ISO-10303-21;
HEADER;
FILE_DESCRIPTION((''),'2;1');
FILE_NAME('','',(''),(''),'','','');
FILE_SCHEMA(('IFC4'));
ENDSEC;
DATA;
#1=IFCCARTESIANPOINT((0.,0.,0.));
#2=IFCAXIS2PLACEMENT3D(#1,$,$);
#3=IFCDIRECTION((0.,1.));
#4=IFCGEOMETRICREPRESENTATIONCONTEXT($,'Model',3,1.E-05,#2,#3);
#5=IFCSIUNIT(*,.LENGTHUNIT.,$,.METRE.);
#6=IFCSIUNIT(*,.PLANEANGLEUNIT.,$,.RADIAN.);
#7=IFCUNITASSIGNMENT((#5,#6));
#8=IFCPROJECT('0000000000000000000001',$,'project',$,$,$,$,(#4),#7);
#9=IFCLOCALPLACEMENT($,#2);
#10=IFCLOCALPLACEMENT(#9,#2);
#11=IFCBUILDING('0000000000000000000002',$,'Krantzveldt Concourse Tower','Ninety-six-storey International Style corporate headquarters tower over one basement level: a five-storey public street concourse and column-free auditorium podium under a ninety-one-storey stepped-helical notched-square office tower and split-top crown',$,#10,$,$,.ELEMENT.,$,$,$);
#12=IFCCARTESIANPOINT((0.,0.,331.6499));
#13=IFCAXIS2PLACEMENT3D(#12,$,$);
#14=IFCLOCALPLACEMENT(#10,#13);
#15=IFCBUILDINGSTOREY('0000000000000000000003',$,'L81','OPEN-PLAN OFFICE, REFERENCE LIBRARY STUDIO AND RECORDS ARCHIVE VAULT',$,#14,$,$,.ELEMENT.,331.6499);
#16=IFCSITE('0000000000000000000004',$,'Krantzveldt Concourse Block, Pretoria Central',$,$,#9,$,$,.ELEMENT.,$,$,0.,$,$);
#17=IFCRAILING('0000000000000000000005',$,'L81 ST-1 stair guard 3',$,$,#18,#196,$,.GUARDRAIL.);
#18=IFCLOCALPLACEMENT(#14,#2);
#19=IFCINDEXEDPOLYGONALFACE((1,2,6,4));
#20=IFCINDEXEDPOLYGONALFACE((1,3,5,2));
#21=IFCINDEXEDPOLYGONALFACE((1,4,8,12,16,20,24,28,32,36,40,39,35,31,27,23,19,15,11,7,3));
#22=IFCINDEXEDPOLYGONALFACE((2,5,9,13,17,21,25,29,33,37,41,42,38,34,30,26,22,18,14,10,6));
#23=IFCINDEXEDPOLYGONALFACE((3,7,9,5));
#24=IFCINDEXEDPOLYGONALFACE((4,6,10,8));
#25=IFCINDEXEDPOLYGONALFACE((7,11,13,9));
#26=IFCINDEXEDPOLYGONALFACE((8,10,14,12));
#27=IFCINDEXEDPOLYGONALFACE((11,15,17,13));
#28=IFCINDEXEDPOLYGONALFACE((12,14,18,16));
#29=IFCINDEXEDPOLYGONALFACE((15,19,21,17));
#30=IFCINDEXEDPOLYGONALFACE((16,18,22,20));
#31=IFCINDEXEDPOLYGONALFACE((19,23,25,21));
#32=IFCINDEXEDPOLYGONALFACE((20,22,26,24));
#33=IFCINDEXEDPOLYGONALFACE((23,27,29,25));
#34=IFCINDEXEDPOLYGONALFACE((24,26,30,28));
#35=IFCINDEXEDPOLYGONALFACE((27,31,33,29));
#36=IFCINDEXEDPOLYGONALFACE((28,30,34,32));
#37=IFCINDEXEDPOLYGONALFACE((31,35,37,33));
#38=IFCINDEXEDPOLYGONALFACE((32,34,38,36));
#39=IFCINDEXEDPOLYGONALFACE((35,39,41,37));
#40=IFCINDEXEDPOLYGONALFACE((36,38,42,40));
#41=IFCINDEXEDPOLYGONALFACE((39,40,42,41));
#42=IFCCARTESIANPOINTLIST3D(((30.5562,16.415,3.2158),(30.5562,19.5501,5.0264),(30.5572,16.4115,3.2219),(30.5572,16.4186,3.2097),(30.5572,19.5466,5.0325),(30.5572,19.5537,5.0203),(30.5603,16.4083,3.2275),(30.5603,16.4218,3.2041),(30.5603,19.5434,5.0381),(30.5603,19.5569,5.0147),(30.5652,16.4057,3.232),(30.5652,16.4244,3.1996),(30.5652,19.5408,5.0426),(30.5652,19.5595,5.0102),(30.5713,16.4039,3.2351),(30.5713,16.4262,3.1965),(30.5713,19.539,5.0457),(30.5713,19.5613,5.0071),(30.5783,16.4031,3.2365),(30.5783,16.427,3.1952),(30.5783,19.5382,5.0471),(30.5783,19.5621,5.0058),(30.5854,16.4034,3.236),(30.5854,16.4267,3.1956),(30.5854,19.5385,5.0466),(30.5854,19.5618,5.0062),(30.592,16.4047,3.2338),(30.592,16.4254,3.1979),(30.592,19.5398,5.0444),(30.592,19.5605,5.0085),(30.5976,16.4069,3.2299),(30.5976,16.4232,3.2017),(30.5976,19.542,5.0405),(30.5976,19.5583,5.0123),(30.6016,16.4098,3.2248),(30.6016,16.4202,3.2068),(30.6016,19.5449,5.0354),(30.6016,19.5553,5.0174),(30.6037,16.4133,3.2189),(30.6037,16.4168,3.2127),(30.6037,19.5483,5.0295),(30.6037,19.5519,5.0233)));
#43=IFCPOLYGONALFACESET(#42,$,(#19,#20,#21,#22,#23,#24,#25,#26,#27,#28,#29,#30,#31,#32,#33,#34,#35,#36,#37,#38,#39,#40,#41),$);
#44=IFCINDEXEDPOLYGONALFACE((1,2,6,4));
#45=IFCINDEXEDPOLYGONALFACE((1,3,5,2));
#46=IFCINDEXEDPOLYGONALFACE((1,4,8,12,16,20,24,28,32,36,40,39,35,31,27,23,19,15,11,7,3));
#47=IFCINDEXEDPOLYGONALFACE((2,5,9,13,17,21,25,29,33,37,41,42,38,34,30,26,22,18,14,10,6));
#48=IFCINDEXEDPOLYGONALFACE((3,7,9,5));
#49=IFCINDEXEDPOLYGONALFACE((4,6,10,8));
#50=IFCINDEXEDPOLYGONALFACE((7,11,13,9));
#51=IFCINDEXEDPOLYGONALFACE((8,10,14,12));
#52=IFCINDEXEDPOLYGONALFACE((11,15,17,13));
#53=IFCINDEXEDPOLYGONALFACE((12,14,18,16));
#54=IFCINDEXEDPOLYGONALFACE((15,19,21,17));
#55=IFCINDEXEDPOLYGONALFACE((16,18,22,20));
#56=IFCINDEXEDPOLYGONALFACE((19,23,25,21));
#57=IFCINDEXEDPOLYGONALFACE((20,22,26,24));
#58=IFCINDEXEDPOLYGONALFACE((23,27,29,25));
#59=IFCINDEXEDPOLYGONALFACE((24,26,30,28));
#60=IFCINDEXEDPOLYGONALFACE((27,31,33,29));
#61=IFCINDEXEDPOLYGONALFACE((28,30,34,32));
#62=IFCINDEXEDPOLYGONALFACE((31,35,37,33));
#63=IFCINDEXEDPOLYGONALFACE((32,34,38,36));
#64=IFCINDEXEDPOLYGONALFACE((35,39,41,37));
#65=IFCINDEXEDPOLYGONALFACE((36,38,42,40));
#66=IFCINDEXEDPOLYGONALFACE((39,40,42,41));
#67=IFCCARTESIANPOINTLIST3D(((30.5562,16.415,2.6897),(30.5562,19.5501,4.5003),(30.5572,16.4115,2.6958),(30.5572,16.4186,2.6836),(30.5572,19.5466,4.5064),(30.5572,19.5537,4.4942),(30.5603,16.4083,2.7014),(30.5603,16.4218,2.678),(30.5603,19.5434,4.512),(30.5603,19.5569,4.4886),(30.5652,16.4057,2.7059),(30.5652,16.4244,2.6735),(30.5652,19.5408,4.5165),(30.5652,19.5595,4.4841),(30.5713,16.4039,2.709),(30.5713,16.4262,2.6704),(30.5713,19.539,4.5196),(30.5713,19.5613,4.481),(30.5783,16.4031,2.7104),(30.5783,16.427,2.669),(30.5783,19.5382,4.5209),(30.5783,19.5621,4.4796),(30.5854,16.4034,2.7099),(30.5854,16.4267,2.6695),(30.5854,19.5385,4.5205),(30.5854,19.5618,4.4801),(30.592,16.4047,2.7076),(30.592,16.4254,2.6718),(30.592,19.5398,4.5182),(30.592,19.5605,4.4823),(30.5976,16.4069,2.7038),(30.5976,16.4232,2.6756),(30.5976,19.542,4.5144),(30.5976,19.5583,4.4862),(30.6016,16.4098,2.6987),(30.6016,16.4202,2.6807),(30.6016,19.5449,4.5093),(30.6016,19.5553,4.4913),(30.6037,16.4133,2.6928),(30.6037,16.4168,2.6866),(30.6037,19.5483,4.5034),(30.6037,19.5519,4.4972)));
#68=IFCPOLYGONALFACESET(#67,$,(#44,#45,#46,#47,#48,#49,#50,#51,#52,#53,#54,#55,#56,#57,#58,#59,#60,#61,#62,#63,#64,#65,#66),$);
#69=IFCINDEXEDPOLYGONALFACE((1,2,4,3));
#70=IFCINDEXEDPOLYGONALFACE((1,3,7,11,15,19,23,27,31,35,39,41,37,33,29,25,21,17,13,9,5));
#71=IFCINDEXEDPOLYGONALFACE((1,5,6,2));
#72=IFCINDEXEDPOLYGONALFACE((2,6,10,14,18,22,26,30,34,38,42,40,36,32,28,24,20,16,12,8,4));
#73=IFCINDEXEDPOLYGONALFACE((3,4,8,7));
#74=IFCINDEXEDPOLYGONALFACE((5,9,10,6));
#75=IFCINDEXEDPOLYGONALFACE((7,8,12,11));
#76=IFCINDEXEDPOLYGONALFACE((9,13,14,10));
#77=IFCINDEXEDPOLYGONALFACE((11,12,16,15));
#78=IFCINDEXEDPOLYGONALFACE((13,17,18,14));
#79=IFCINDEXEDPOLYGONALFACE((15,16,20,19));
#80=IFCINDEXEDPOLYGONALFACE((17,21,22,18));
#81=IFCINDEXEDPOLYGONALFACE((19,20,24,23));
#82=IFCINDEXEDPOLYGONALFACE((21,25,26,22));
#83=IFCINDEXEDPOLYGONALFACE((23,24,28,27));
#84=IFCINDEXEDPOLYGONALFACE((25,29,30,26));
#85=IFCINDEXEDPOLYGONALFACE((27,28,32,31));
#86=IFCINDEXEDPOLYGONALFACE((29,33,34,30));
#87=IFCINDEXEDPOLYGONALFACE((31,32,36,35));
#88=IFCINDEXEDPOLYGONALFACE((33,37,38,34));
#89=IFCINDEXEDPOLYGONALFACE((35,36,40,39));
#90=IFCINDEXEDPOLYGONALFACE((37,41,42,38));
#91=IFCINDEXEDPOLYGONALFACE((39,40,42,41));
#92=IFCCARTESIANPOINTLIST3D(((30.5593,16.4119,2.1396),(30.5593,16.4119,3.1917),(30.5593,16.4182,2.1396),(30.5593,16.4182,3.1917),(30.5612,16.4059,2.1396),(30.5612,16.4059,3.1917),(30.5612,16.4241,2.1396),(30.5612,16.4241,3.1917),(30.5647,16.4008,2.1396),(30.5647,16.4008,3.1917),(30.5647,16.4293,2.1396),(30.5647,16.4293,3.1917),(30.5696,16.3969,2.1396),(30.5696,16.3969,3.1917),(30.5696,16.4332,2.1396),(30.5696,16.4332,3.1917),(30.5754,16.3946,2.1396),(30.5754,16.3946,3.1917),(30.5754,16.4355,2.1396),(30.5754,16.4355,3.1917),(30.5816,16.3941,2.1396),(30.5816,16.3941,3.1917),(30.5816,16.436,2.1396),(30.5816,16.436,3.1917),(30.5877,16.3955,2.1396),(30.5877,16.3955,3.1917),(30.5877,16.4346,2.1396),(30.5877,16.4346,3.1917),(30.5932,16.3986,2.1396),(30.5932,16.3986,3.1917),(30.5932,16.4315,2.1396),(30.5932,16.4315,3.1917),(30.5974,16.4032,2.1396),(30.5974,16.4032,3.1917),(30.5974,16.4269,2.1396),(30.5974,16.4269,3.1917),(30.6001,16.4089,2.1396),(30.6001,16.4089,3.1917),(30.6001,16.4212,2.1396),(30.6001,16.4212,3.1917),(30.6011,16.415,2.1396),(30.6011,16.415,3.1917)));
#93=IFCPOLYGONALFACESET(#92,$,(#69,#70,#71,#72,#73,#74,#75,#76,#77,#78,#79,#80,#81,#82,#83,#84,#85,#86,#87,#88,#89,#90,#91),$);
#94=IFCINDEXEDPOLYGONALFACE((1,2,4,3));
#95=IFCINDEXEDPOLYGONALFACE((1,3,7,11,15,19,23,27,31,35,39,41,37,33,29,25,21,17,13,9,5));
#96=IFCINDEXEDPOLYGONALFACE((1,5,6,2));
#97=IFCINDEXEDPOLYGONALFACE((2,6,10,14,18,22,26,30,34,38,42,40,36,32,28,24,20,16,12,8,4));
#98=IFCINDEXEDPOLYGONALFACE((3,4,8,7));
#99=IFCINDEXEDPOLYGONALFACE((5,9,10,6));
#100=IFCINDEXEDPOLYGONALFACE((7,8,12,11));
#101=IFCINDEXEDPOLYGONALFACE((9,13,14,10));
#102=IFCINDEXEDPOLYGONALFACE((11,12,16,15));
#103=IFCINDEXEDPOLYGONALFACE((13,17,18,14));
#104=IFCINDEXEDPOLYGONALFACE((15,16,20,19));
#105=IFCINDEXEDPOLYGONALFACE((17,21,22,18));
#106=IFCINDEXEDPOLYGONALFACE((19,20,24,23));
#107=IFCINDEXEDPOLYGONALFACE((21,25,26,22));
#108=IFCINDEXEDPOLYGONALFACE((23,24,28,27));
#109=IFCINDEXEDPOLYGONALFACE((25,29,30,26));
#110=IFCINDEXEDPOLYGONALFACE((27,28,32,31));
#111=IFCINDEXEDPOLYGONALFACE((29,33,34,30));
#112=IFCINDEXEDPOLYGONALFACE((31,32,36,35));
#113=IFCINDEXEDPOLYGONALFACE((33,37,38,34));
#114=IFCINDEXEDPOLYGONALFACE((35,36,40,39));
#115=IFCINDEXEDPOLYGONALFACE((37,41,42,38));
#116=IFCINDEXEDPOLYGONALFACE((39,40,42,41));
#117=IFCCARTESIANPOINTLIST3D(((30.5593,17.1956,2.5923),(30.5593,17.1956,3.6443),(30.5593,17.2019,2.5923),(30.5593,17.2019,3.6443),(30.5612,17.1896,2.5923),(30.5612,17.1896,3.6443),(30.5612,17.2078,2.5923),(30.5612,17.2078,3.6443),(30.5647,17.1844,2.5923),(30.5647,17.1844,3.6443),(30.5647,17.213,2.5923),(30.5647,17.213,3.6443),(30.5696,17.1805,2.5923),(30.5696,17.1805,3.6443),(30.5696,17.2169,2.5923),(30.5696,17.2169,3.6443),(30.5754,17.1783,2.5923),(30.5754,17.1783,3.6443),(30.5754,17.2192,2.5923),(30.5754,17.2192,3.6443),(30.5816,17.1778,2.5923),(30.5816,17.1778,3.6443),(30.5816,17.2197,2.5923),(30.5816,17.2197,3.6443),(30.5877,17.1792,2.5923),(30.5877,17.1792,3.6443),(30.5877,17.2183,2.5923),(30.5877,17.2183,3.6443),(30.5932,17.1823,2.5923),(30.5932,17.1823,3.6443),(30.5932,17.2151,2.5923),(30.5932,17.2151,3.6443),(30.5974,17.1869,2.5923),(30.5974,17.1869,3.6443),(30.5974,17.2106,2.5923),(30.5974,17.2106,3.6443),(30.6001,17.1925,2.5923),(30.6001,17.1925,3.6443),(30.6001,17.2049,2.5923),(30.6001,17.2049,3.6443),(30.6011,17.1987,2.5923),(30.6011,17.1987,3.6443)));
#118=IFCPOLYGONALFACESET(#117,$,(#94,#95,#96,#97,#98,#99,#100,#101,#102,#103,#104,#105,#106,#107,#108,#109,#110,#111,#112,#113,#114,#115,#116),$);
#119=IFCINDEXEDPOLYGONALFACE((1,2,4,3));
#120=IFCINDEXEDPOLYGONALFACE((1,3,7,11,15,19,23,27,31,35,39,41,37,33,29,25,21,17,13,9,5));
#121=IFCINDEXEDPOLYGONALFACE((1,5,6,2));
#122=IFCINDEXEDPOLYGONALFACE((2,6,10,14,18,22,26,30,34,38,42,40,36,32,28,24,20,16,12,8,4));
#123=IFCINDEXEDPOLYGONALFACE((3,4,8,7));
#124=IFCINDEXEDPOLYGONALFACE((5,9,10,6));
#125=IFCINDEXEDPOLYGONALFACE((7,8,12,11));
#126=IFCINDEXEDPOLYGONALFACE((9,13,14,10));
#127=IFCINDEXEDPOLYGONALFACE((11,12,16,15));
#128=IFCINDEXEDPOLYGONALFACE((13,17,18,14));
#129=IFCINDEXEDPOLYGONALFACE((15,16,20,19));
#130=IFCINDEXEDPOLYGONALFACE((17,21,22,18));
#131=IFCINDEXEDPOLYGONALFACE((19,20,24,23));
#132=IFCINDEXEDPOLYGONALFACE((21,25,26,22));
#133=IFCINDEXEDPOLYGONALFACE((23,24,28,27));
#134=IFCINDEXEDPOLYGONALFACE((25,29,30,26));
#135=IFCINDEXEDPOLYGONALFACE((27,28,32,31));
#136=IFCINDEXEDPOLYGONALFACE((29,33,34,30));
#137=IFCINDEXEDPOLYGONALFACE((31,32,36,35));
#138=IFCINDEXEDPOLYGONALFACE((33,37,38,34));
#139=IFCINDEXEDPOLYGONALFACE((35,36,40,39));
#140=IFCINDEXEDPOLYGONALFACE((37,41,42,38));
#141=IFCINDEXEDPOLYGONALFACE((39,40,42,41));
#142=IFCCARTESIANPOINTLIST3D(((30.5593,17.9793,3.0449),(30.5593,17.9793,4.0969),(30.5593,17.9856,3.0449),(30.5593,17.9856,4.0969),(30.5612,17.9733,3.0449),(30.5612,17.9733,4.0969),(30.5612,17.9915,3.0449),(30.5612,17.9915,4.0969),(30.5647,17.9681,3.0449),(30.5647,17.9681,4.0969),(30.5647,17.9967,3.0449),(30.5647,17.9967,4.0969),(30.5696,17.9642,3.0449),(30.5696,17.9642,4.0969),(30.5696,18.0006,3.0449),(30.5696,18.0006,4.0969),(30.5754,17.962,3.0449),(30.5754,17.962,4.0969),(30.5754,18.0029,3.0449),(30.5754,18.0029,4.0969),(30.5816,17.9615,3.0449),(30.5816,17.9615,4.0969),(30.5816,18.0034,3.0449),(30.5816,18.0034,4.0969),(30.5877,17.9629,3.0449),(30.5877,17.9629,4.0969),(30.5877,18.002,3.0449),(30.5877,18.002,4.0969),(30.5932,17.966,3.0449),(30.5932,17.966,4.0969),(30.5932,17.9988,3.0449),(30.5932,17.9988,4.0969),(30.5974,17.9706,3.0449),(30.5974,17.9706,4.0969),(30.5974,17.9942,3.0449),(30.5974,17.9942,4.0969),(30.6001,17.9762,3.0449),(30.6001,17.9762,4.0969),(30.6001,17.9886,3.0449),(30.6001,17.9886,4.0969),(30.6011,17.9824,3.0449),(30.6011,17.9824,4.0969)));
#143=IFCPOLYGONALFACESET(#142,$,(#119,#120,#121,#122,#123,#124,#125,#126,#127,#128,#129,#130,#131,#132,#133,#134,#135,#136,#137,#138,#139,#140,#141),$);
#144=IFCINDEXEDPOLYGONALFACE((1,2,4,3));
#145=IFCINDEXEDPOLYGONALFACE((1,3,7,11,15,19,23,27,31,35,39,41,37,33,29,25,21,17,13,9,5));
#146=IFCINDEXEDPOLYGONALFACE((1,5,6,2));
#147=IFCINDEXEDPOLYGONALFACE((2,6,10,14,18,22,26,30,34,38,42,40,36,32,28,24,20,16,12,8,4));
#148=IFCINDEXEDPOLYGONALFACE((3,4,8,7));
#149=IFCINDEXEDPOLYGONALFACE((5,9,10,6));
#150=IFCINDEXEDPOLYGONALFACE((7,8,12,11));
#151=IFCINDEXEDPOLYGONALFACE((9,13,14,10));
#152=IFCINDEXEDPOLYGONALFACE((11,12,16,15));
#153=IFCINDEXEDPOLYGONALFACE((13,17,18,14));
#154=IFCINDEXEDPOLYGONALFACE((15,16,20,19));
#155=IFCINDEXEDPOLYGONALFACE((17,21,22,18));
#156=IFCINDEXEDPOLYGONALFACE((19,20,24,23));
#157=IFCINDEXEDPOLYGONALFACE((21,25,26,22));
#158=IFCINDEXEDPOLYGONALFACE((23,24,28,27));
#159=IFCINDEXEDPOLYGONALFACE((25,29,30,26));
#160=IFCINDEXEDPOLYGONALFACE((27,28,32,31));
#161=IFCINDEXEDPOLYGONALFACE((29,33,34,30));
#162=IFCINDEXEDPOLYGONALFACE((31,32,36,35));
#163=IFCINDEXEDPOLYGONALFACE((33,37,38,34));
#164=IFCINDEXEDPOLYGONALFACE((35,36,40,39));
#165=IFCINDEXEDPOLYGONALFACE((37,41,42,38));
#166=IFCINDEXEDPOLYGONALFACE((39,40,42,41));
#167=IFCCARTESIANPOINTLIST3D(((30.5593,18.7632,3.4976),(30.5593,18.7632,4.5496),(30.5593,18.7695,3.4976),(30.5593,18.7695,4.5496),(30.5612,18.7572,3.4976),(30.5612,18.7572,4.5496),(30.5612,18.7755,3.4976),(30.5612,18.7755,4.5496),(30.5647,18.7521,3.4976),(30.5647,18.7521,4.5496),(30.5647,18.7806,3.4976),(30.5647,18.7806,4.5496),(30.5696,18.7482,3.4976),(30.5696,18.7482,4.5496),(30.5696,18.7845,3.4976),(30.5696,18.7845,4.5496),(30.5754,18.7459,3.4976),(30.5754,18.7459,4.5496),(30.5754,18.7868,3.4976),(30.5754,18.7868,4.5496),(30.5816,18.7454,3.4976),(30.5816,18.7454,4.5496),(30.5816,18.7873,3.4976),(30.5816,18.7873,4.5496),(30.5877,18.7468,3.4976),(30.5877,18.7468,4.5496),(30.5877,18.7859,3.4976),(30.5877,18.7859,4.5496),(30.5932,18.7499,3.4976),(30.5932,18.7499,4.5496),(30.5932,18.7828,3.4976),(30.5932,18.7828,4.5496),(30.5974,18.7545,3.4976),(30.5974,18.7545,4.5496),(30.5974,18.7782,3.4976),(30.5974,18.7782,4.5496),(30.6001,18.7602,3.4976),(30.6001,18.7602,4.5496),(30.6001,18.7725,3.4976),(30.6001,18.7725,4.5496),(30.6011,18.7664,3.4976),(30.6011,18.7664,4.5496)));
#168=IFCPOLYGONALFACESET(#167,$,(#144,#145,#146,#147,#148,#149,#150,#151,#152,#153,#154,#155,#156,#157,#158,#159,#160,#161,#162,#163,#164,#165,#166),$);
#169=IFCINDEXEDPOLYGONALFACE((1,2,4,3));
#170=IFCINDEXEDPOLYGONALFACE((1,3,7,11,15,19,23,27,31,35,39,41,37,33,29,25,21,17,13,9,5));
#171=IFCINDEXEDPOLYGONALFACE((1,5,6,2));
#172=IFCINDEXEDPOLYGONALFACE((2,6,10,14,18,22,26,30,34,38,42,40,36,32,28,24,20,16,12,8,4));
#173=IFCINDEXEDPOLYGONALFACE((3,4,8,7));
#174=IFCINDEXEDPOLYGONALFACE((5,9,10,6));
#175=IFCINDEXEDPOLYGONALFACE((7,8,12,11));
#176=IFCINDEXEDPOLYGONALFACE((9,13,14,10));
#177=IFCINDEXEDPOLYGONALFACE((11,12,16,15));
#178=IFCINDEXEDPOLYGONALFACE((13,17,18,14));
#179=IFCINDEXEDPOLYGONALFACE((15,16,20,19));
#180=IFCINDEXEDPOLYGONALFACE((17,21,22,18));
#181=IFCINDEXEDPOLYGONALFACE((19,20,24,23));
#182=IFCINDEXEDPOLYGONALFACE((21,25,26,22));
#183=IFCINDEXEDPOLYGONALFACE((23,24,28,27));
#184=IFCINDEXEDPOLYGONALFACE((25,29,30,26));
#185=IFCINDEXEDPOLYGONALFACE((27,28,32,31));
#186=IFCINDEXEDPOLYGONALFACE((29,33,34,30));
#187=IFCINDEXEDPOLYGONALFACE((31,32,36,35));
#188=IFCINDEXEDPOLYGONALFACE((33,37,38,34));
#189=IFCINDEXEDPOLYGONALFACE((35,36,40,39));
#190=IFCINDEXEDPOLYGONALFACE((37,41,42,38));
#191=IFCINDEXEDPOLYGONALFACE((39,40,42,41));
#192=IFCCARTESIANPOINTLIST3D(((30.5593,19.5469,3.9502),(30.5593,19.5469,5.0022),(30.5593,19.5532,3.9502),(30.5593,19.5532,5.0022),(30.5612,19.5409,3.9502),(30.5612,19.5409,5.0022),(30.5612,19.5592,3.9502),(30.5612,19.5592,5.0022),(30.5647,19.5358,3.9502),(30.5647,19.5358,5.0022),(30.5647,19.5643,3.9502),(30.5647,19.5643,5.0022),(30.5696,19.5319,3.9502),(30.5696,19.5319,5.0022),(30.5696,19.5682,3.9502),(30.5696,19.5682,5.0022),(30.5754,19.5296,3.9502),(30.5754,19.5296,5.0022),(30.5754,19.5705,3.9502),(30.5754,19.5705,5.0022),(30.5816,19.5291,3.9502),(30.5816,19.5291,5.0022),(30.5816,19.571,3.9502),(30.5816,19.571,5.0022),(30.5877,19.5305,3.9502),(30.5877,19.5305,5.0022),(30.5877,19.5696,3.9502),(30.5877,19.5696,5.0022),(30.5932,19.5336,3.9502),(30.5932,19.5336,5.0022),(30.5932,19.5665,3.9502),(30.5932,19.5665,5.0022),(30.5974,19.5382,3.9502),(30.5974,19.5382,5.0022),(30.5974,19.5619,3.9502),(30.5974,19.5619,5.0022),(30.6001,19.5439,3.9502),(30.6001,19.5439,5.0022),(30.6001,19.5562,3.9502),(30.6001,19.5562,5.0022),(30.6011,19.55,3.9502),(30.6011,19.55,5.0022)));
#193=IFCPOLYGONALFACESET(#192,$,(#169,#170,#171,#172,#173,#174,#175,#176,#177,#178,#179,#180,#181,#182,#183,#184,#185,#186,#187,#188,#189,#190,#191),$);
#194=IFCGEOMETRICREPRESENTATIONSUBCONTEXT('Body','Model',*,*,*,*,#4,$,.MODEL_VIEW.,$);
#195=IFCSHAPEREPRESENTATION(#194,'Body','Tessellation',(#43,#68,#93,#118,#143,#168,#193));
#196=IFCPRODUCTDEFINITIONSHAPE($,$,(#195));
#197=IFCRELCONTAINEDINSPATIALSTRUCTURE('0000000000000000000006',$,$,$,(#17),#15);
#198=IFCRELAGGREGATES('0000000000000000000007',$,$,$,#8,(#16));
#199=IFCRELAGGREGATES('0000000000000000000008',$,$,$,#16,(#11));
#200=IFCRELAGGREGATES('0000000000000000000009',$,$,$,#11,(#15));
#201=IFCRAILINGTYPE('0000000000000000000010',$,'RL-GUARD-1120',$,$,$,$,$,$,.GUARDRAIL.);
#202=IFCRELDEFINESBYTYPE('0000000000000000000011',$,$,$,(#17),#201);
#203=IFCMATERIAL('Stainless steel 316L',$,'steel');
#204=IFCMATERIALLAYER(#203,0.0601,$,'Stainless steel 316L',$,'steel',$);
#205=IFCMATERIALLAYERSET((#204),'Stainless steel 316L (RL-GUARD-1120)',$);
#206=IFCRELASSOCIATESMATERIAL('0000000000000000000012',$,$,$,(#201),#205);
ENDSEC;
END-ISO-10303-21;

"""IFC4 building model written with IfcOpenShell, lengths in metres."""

from ifc_helpers import new_model, si_unit, direction, frame, origin, origin_2d, place, context, subcontext, project, spatial, circle, extrude, material, layer, layer_set, type_object, element, save


model = new_model("IFC4")

# Units and contexts
model_context = context("Model", 3, precision=1e-05, world=origin(), true_north=direction((0.0, 1.0)))
body_context = subcontext(model_context, "Body", "Model", "MODEL_VIEW")
ifc_project = project(units=[si_unit("LENGTHUNIT", "METRE"), si_unit("PLANEANGLEUNIT", "RADIAN")], contexts=[model_context])

# Site, building, storey
site_placement = place(None, origin())
site = spatial("IfcSite", under=ifc_project, at=site_placement, Name="Krantzveldt Concourse Block, Pretoria Central", CompositionType="ELEMENT", RefElevation=0.0)
building_placement = place(site_placement, origin())
building = spatial("IfcBuilding", under=site, at=building_placement, Name="Krantzveldt Concourse Tower", Description="Ninety-six-storey International Style corporate headquarters tower over one basement level: a five-storey public street concourse and column-free auditorium podium under a ninety-one-storey stepped-helical notched-square office tower and split-top crown", CompositionType="ELEMENT")
storey_placement = place(building_placement, frame((0.0, 0.0, 331.6499)))
storey = spatial("IfcBuildingStorey", under=building, at=storey_placement, Name="L81", Description="OPEN-PLAN OFFICE, REFERENCE LIBRARY STUDIO AND RECORDS ARCHIVE VAULT", CompositionType="ELEMENT", Elevation=331.6499)

# Shared definitions
ifc_material_1 = material(Name="Stainless steel 316L", Category="steel")

# Railing
ifc_layer_1 = layer(ifc_material_1, 0.0601, Name="Stainless steel 316L", Category="steel")
ifc_layer_set_1 = layer_set([ifc_layer_1], Name="Stainless steel 316L (RL-GUARD-1120)")
railing_type_1 = type_object("IfcRailingType", Name="RL-GUARD-1120", PredefinedType="GUARDRAIL", material=ifc_layer_set_1)
railing_1_placement = place(storey_placement, frame((30.5801, 16.415, 2.1396)))
element("IfcRailing", 1, at=railing_1_placement, inside=storey, type_object=railing_type_1, Name="L81 ST-1 stair guard 3", PredefinedType="GUARDRAIL", context=body_context, shape_type="SweptSolid", body=[
    extrude(circle(Radius=0.0239, at=origin_2d()), frame((0.0, 0.0, 1.0762), z_axis=(0.0, 0.86596, 0.500114), x_axis=(-1.0, 0.0, 0.0)), (0.0, 0.0, 1.0), 3.6204),
    extrude(circle(Radius=0.0239, at=origin_2d()), frame((0.0, 0.0, 0.55), z_axis=(0.0, 0.86596, 0.500114), x_axis=(-1.0, 0.0, 0.0)), (0.0, 0.0, 1.0), 3.6204),
    extrude(circle(Radius=0.021, at=origin_2d()), origin(), (0.0, 0.0, 1.0), 1.052),
    extrude(circle(Radius=0.021, at=origin_2d()), frame((0.0, 0.7837, 0.4526)), (0.0, 0.0, 1.0), 1.052),
    extrude(circle(Radius=0.021, at=origin_2d()), frame((0.0, 1.5674, 0.9053)), (0.0, 0.0, 1.0), 1.052),
    extrude(circle(Radius=0.021, at=origin_2d()), frame((0.0, 2.3513, 1.3579)), (0.0, 0.0, 1.0), 1.052),
    extrude(circle(Radius=0.021, at=origin_2d()), frame((0.0, 3.135, 1.8105)), (0.0, 0.0, 1.0), 1.052),
])

save(model, "model.ifc")
